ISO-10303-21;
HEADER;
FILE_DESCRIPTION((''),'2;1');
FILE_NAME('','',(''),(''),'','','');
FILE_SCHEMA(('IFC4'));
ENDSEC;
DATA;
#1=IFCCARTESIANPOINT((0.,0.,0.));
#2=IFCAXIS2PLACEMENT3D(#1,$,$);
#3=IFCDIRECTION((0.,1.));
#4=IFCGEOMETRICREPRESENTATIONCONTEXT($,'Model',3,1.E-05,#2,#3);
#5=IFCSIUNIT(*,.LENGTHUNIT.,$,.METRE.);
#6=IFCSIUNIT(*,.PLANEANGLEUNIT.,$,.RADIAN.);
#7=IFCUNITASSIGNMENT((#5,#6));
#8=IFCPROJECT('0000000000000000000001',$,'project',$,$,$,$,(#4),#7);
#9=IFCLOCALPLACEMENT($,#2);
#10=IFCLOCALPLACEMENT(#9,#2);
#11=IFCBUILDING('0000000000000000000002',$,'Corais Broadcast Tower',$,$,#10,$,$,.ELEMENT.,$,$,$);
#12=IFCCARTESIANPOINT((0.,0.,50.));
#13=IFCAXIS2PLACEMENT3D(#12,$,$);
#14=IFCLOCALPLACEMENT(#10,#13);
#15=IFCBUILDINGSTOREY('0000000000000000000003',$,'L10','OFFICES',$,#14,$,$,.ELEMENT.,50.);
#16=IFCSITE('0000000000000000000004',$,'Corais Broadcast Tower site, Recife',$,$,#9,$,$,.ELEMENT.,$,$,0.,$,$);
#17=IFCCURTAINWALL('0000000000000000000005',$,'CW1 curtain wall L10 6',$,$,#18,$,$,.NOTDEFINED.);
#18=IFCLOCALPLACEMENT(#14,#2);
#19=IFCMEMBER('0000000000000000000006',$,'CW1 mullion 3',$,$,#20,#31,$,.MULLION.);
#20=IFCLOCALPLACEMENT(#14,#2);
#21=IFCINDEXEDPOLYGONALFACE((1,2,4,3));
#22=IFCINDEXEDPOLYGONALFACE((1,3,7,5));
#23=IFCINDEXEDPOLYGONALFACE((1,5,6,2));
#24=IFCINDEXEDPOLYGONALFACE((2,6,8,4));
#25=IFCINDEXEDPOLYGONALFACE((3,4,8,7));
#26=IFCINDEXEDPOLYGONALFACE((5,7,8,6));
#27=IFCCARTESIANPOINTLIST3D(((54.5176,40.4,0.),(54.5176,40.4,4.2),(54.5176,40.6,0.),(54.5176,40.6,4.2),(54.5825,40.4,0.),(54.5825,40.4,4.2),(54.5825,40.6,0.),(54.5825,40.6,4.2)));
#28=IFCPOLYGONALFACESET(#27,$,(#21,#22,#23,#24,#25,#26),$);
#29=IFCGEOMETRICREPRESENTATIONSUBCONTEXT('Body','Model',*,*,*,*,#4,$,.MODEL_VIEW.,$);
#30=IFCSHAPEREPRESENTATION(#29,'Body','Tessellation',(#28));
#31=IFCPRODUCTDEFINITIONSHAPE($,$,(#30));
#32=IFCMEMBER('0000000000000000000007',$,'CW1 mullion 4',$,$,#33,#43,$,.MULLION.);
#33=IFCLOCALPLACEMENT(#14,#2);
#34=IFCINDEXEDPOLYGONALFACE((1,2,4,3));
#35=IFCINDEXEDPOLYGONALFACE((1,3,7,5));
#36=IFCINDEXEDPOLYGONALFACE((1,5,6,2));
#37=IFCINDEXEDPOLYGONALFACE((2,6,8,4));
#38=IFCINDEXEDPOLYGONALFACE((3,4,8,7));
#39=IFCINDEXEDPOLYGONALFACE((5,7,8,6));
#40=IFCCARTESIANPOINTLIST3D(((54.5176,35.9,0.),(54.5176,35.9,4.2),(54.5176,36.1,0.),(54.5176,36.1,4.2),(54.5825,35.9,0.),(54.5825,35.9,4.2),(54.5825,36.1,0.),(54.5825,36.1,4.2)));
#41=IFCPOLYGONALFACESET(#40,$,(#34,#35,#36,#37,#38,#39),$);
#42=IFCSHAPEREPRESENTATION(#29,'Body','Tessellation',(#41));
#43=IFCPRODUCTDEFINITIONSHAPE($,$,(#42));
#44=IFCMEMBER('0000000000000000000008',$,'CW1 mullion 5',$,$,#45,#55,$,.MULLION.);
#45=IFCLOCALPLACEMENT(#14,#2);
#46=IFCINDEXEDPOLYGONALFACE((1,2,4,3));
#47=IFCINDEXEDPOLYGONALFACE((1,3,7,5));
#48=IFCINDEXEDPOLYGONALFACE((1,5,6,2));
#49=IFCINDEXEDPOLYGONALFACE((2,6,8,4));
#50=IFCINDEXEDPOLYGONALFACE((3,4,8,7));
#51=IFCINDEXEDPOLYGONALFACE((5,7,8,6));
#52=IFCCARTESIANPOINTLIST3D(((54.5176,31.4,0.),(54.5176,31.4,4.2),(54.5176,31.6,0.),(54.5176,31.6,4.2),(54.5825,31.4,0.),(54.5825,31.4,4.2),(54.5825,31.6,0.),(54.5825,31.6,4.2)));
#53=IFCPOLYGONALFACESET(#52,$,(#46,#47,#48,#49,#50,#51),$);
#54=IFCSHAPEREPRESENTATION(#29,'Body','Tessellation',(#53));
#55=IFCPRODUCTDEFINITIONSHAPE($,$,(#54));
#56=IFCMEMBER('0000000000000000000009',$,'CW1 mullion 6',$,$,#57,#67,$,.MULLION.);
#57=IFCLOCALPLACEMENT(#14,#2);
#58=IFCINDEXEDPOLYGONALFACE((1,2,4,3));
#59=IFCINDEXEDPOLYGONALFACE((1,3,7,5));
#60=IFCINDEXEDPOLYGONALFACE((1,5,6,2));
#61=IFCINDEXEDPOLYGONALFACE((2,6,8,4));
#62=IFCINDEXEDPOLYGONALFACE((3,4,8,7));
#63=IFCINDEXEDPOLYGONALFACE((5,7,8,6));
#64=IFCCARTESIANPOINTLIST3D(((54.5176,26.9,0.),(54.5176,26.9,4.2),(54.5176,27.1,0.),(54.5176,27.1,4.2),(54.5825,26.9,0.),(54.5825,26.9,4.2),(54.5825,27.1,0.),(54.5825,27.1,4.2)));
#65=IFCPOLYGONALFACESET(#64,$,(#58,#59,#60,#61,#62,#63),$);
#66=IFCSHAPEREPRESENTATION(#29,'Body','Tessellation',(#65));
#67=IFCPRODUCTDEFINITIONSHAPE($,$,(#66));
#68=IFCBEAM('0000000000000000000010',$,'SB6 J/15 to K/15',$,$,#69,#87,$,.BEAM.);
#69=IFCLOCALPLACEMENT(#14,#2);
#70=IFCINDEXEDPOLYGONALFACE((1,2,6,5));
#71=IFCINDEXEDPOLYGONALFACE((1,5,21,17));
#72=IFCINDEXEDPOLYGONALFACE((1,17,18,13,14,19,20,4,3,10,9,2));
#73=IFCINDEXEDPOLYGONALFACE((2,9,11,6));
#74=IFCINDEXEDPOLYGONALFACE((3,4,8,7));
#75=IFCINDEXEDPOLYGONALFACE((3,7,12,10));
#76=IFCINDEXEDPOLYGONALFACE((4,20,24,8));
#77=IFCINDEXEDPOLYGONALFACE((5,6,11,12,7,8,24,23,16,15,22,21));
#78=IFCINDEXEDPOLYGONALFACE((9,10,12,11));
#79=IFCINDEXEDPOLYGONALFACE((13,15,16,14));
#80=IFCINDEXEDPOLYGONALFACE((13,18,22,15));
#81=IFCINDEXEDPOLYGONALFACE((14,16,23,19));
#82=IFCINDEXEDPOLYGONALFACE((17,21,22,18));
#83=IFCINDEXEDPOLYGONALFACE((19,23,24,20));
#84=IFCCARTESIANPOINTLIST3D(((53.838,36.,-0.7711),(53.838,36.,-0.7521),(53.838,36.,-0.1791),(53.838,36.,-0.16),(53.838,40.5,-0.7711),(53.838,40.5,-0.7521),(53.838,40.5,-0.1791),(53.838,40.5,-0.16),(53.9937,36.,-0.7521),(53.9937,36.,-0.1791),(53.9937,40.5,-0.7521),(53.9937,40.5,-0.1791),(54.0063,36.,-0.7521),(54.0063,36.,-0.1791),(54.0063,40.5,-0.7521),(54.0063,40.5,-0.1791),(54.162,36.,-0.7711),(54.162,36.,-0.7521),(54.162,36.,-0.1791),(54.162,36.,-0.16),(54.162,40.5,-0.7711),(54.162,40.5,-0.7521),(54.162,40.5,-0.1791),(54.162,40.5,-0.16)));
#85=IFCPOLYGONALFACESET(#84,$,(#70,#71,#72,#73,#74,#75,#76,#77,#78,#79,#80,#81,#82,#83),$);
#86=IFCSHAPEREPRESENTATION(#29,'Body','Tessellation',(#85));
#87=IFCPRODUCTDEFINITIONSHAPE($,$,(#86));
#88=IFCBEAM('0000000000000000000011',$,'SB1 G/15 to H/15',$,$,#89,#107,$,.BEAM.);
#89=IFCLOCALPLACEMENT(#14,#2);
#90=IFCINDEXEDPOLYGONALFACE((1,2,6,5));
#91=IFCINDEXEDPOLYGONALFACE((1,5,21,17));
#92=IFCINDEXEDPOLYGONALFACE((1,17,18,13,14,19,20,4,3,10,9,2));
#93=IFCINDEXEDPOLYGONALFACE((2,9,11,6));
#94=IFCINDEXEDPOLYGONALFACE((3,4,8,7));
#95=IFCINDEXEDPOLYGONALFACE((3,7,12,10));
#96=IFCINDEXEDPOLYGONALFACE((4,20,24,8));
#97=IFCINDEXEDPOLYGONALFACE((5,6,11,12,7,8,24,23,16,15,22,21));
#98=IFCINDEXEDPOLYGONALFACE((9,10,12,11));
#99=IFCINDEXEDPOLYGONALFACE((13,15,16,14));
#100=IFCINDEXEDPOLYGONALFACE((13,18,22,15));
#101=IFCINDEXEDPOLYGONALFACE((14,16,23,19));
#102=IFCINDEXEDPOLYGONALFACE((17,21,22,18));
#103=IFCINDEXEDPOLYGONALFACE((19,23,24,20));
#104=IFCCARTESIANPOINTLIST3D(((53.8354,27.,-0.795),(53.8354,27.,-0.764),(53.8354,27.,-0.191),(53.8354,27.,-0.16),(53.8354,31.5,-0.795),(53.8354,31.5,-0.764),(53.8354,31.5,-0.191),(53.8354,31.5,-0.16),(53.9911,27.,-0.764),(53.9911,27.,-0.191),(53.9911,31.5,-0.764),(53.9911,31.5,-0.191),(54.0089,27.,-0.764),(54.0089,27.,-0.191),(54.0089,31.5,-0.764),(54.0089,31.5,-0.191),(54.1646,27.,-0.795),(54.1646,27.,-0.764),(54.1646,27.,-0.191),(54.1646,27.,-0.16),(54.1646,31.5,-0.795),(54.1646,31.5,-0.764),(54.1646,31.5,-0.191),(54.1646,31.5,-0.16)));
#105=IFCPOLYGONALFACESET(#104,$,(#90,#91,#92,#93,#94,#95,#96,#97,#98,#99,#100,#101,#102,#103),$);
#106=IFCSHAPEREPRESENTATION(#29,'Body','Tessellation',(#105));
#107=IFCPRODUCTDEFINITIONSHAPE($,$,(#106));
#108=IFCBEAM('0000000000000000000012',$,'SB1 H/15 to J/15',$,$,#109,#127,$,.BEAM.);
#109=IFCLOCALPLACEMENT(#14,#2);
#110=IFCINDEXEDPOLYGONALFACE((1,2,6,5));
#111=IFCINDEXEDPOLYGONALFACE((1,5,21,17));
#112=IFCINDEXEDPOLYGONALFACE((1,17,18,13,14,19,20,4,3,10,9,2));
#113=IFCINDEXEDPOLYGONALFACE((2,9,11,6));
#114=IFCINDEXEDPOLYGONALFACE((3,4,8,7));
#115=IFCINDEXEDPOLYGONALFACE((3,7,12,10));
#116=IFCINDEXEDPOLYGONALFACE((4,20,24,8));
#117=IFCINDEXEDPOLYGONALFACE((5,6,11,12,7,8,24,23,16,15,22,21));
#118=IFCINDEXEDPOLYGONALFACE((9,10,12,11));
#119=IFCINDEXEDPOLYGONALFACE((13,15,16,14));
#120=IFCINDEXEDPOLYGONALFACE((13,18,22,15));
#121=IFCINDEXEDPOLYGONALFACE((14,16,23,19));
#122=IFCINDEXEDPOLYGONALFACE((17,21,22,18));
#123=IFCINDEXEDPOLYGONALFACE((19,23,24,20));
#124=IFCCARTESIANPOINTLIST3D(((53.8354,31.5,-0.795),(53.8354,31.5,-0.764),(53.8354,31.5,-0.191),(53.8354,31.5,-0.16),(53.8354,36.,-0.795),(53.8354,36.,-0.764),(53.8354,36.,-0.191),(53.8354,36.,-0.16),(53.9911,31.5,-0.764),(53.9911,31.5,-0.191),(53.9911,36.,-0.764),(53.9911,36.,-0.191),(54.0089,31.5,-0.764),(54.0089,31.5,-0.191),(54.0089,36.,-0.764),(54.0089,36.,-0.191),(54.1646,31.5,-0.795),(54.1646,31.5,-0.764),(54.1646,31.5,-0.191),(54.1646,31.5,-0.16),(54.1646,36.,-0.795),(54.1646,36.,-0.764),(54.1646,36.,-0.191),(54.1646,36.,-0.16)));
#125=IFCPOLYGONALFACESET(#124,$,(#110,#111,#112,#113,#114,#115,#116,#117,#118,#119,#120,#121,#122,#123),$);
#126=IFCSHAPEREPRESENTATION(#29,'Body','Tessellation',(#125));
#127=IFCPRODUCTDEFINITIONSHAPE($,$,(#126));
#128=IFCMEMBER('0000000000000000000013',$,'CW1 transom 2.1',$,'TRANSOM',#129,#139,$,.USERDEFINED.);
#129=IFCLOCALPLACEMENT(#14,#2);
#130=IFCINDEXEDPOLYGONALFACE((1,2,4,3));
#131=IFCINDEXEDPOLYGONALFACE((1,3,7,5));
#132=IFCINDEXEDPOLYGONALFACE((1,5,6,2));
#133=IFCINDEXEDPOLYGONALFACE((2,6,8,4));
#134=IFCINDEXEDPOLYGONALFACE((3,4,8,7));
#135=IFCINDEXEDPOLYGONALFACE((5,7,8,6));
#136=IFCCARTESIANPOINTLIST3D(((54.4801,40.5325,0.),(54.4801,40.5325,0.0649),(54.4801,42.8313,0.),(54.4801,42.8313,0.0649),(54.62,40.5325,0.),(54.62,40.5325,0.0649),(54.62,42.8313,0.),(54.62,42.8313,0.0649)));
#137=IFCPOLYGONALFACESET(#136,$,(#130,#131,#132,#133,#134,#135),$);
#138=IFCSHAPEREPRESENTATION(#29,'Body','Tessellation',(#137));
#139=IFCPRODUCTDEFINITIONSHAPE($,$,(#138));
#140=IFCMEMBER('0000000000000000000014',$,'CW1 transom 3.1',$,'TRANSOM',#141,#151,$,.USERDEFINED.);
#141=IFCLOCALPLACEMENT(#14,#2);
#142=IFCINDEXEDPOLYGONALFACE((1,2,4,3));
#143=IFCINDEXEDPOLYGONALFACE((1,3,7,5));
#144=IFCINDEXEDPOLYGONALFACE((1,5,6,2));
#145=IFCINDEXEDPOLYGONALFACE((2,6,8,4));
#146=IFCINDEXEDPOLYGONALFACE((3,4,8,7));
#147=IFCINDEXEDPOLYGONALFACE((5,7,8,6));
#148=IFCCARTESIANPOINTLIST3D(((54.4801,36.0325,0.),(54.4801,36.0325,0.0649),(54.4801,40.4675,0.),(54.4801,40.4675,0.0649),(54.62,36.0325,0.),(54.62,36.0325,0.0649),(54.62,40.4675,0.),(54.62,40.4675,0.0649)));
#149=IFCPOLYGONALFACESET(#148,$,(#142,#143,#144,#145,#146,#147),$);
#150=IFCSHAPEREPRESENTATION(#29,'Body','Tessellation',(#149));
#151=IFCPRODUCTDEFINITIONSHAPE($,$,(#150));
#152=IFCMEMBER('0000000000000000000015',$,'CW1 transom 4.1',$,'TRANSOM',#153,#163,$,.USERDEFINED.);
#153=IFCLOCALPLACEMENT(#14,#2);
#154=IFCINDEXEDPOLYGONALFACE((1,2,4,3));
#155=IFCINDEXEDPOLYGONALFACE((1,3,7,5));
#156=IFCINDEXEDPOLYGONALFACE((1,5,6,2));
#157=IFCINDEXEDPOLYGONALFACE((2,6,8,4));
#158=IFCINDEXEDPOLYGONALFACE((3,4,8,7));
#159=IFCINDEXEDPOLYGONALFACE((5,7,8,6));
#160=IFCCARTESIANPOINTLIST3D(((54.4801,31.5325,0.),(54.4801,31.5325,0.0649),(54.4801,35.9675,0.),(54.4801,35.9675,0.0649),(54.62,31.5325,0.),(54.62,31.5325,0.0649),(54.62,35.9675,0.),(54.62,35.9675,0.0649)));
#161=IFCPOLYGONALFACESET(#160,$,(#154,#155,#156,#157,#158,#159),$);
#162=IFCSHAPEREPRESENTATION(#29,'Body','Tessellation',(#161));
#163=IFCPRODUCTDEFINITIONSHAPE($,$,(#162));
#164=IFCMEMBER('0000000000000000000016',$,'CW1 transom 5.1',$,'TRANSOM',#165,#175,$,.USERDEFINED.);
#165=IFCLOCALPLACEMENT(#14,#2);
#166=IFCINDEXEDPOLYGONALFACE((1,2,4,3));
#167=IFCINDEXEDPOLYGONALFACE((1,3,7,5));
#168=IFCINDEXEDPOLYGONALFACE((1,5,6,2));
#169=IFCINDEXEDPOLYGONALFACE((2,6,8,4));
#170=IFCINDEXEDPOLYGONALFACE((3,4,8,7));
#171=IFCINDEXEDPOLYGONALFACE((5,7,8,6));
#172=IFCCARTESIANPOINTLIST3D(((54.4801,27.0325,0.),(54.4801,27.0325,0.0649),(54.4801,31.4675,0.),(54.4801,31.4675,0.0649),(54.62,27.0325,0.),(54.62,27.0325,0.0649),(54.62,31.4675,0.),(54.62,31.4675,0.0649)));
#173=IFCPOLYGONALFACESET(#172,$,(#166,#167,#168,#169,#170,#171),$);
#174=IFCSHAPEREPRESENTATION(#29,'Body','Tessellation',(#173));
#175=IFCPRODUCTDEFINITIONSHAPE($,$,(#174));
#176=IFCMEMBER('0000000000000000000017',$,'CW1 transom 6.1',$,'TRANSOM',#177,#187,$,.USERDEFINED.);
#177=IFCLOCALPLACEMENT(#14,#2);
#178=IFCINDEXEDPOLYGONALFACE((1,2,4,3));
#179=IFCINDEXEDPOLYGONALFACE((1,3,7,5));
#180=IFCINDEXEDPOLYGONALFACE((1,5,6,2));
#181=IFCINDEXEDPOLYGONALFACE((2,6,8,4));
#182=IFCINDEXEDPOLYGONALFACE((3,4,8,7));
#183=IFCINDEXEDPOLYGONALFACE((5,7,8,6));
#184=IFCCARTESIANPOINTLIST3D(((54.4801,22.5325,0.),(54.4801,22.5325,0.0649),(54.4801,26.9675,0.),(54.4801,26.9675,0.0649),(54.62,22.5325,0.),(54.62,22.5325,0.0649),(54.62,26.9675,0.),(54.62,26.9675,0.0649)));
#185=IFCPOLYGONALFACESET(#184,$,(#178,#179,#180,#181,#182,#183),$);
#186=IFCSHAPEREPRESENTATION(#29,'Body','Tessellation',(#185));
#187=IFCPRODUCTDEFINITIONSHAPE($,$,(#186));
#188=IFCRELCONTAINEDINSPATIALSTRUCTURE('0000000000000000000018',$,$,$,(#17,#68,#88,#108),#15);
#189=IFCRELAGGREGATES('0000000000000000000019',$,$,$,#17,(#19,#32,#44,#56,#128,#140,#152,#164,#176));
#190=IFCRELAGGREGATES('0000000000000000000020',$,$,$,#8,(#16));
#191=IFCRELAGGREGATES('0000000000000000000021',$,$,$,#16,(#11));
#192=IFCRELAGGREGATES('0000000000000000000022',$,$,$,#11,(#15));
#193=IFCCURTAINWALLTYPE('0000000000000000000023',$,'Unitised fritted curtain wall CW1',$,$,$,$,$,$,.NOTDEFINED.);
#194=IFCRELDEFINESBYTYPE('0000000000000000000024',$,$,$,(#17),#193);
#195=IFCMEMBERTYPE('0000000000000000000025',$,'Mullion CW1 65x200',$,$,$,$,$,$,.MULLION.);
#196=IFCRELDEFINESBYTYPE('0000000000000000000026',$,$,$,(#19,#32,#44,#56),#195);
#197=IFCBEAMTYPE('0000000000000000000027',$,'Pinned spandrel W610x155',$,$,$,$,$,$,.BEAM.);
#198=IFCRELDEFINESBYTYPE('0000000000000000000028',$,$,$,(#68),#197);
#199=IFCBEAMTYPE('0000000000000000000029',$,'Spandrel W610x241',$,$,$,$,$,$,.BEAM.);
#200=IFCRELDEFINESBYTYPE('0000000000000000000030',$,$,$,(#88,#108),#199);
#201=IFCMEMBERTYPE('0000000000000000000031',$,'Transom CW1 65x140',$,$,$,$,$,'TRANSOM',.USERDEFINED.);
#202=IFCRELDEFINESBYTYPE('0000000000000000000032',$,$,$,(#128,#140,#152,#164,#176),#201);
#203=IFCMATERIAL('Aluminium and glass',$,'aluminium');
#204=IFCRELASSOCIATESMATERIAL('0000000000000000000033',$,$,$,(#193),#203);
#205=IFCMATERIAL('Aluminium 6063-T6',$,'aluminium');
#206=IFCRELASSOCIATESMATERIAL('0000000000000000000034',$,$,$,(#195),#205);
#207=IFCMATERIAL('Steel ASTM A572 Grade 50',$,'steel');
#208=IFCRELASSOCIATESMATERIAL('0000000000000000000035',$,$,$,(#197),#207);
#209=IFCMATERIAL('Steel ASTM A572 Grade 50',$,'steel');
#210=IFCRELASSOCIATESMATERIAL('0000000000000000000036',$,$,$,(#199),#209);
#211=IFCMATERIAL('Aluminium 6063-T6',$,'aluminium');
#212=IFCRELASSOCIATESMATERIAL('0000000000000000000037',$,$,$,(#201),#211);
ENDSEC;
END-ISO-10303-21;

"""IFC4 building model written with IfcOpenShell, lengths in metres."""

from ifc_helpers import new_model, si_unit, direction, frame, origin, origin_2d, place, context, subcontext, project, spatial, rectangle, i_section, extrude, material, material_profile, profile_set, type_object, element, aggregate, save


model = new_model("IFC4")

# Units and contexts
model_context = context("Model", 3, precision=1e-05, world=origin(), true_north=direction((0.0, 1.0)))
body_context = subcontext(model_context, "Body", "Model", "MODEL_VIEW")
ifc_project = project(units=[si_unit("LENGTHUNIT", "METRE"), si_unit("PLANEANGLEUNIT", "RADIAN")], contexts=[model_context])

# Site, building, storey
site_placement = place(None, origin())
site = spatial("IfcSite", under=ifc_project, at=site_placement, Name="Corais Broadcast Tower site, Recife", CompositionType="ELEMENT", RefElevation=0.0)
building_placement = place(site_placement, origin())
building = spatial("IfcBuilding", under=site, at=building_placement, Name="Corais Broadcast Tower", CompositionType="ELEMENT")
storey_placement = place(building_placement, frame((0.0, 0.0, 50.0)))
storey = spatial("IfcBuildingStorey", under=building, at=storey_placement, Name="L10", Description="OFFICES", CompositionType="ELEMENT", Elevation=50.0)

# Curtain wall, members
ifc_material_1 = material(Name="Aluminium and glass", Category="aluminium")
curtain_wall_type = type_object("IfcCurtainWallType", Name="Unitised fritted curtain wall CW1", PredefinedType="NOTDEFINED", material=ifc_material_1)
curtain_wall_placement = place(storey_placement, origin())
curtain_wall = element("IfcCurtainWall", 1, at=curtain_wall_placement, inside=storey, type_object=curtain_wall_type, Name="CW1 curtain wall L10 6", PredefinedType="NOTDEFINED")
ifc_material_2 = material(Name="Aluminium 6063-T6", Category="aluminium")
ifc_material_profile_1 = material_profile(ifc_material_2, rectangle(XDim=0.0649, YDim=0.2, at=origin_2d()), Name="Mullion CW1 65x200")
ifc_profile_set_1 = profile_set([ifc_material_profile_1], Name="Aluminium 6063-T6")
member_type_1 = type_object("IfcMemberType", Name="Mullion CW1 65x200", PredefinedType="MULLION", material=ifc_profile_set_1)
member_1_placement = place(storey_placement, frame((54.55, 40.5, 0.0), z_axis=(0.0, 0.0, 1.0), x_axis=(1.0, 0.0, 0.0)))
member_1 = element("IfcMember", 2, at=member_1_placement, type_object=member_type_1, Name="CW1 mullion 3", PredefinedType="MULLION", context=body_context, shape_type="SweptSolid", body=[
    extrude(rectangle(XDim=0.0649, YDim=0.2, at=origin_2d()), origin(), (0.0, 0.0, 1.0), 4.2),
])
member_2_placement = place(storey_placement, frame((54.55, 36.0, 0.0), z_axis=(0.0, 0.0, 1.0), x_axis=(1.0, 0.0, 0.0)))
member_2 = element("IfcMember", 3, at=member_2_placement, type_object=member_type_1, Name="CW1 mullion 4", PredefinedType="MULLION", context=body_context, shape_type="SweptSolid", body=[
    extrude(rectangle(XDim=0.0649, YDim=0.2, at=origin_2d()), origin(), (0.0, 0.0, 1.0), 4.2),
])
member_3_placement = place(storey_placement, frame((54.55, 31.5, 0.0), z_axis=(0.0, 0.0, 1.0), x_axis=(1.0, 0.0, 0.0)))
member_3 = element("IfcMember", 4, at=member_3_placement, type_object=member_type_1, Name="CW1 mullion 5", PredefinedType="MULLION", context=body_context, shape_type="SweptSolid", body=[
    extrude(rectangle(XDim=0.0649, YDim=0.2, at=origin_2d()), origin(), (0.0, 0.0, 1.0), 4.2),
])
member_4_placement = place(storey_placement, frame((54.55, 27.0, 0.0), z_axis=(0.0, 0.0, 1.0), x_axis=(1.0, 0.0, 0.0)))
member_4 = element("IfcMember", 5, at=member_4_placement, type_object=member_type_1, Name="CW1 mullion 6", PredefinedType="MULLION", context=body_context, shape_type="SweptSolid", body=[
    extrude(rectangle(XDim=0.0649, YDim=0.2, at=origin_2d()), origin(), (0.0, 0.0, 1.0), 4.2),
])

# Beams
ifc_material_3 = material(Name="Steel ASTM A572 Grade 50", Category="steel")
ifc_material_profile_2 = material_profile(ifc_material_3, i_section(OverallWidth=0.324, OverallDepth=0.6111, WebThickness=0.0127, FlangeThickness=0.019, at=origin_2d()), Name="W610x155")
ifc_profile_set_2 = profile_set([ifc_material_profile_2], Name="Steel ASTM A572 Grade 50")
beam_type_1 = type_object("IfcBeamType", Name="Pinned spandrel W610x155", PredefinedType="BEAM", material=ifc_profile_set_2)
beam_1_placement = place(storey_placement, frame((54.0, 36.0, -0.4656), z_axis=(0.0, 1.0, 0.0), x_axis=(-1.0, 0.0, 0.0)))
element("IfcBeam", 6, at=beam_1_placement, inside=storey, type_object=beam_type_1, Name="SB6 J/15 to K/15", PredefinedType="BEAM", context=body_context, shape_type="SweptSolid", body=[
    extrude(i_section(OverallWidth=0.324, OverallDepth=0.6111, WebThickness=0.0127, FlangeThickness=0.019, at=origin_2d()), origin(), (0.0, 0.0, 1.0), 4.5),
])
ifc_material_4 = material(Name="Steel ASTM A572 Grade 50", Category="steel")
ifc_material_profile_3 = material_profile(ifc_material_4, i_section(OverallWidth=0.3291, OverallDepth=0.635, WebThickness=0.0178, FlangeThickness=0.031, at=origin_2d()), Name="W610x241")
ifc_profile_set_3 = profile_set([ifc_material_profile_3], Name="Steel ASTM A572 Grade 50")
beam_type_2 = type_object("IfcBeamType", Name="Spandrel W610x241", PredefinedType="BEAM", material=ifc_profile_set_3)
for number, where, z_axis, x_axis, name in (
    (7, (54.0, 27.0, -0.4775), (0.0, 1.0, 0.0), (-1.0, 0.0, 0.0), "SB1 G/15 to H/15"),
    (8, (54.0, 31.5, -0.4775), (0.0, 1.0, 0.0), (-1.0, 0.0, 0.0), "SB1 H/15 to J/15"),
):
    element("IfcBeam", number, at=place(storey_placement, frame(where, z_axis=z_axis, x_axis=x_axis)), inside=storey, type_object=beam_type_2, Name=name, PredefinedType="BEAM", context=body_context, shape_type="SweptSolid", body=[
        extrude(i_section(OverallWidth=0.3291, OverallDepth=0.635, WebThickness=0.0178, FlangeThickness=0.031, at=origin_2d()), origin(), (0.0, 0.0, 1.0), 4.5),
    ])

# Members
ifc_material_5 = material(Name="Aluminium 6063-T6", Category="aluminium")
ifc_material_profile_4 = material_profile(ifc_material_5, rectangle(XDim=0.1399, YDim=0.0649, at=origin_2d()), Name="Transom CW1 65x140")
ifc_profile_set_4 = profile_set([ifc_material_profile_4], Name="Aluminium 6063-T6")
member_type_2 = type_object("IfcMemberType", Name="Transom CW1 65x140", ElementType="TRANSOM", PredefinedType="USERDEFINED", material=ifc_profile_set_4)
member_5_placement = place(storey_placement, frame((54.55, 42.8313, 0.0325), z_axis=(0.0, -1.0, 0.0), x_axis=(1.0, 0.0, 0.0)))
member_5 = element("IfcMember", 9, at=member_5_placement, type_object=member_type_2, Name="CW1 transom 2.1", ObjectType="TRANSOM", PredefinedType="USERDEFINED", context=body_context, shape_type="SweptSolid", body=[
    extrude(rectangle(XDim=0.1399, YDim=0.0649, at=origin_2d()), origin(), (0.0, 0.0, 1.0), 2.2988),
])
member_6_placement = place(storey_placement, frame((54.55, 40.4675, 0.0325), z_axis=(0.0, -1.0, 0.0), x_axis=(1.0, 0.0, 0.0)))
member_6 = element("IfcMember", 10, at=member_6_placement, type_object=member_type_2, Name="CW1 transom 3.1", ObjectType="TRANSOM", PredefinedType="USERDEFINED", context=body_context, shape_type="SweptSolid", body=[
    extrude(rectangle(XDim=0.1399, YDim=0.0649, at=origin_2d()), origin(), (0.0, 0.0, 1.0), 4.4351),
])
member_7_placement = place(storey_placement, frame((54.55, 35.9675, 0.0325), z_axis=(0.0, -1.0, 0.0), x_axis=(1.0, 0.0, 0.0)))
member_7 = element("IfcMember", 11, at=member_7_placement, type_object=member_type_2, Name="CW1 transom 4.1", ObjectType="TRANSOM", PredefinedType="USERDEFINED", context=body_context, shape_type="SweptSolid", body=[
    extrude(rectangle(XDim=0.1399, YDim=0.0649, at=origin_2d()), origin(), (0.0, 0.0, 1.0), 4.4351),
])
member_8_placement = place(storey_placement, frame((54.55, 31.4675, 0.0325), z_axis=(0.0, -1.0, 0.0), x_axis=(1.0, 0.0, 0.0)))
member_8 = element("IfcMember", 12, at=member_8_placement, type_object=member_type_2, Name="CW1 transom 5.1", ObjectType="TRANSOM", PredefinedType="USERDEFINED", context=body_context, shape_type="SweptSolid", body=[
    extrude(rectangle(XDim=0.1399, YDim=0.0649, at=origin_2d()), origin(), (0.0, 0.0, 1.0), 4.4351),
])
member_9_placement = place(storey_placement, frame((54.55, 26.9675, 0.0325), z_axis=(0.0, -1.0, 0.0), x_axis=(1.0, 0.0, 0.0)))
member_9 = element("IfcMember", 13, at=member_9_placement, type_object=member_type_2, Name="CW1 transom 6.1", ObjectType="TRANSOM", PredefinedType="USERDEFINED", context=body_context, shape_type="SweptSolid", body=[
    extrude(rectangle(XDim=0.1399, YDim=0.0649, at=origin_2d()), origin(), (0.0, 0.0, 1.0), 4.4351),
])

aggregate(curtain_wall, [member_1, member_2, member_3, member_4, member_5, member_6, member_7, member_8, member_9])

save(model, "model.ifc")
